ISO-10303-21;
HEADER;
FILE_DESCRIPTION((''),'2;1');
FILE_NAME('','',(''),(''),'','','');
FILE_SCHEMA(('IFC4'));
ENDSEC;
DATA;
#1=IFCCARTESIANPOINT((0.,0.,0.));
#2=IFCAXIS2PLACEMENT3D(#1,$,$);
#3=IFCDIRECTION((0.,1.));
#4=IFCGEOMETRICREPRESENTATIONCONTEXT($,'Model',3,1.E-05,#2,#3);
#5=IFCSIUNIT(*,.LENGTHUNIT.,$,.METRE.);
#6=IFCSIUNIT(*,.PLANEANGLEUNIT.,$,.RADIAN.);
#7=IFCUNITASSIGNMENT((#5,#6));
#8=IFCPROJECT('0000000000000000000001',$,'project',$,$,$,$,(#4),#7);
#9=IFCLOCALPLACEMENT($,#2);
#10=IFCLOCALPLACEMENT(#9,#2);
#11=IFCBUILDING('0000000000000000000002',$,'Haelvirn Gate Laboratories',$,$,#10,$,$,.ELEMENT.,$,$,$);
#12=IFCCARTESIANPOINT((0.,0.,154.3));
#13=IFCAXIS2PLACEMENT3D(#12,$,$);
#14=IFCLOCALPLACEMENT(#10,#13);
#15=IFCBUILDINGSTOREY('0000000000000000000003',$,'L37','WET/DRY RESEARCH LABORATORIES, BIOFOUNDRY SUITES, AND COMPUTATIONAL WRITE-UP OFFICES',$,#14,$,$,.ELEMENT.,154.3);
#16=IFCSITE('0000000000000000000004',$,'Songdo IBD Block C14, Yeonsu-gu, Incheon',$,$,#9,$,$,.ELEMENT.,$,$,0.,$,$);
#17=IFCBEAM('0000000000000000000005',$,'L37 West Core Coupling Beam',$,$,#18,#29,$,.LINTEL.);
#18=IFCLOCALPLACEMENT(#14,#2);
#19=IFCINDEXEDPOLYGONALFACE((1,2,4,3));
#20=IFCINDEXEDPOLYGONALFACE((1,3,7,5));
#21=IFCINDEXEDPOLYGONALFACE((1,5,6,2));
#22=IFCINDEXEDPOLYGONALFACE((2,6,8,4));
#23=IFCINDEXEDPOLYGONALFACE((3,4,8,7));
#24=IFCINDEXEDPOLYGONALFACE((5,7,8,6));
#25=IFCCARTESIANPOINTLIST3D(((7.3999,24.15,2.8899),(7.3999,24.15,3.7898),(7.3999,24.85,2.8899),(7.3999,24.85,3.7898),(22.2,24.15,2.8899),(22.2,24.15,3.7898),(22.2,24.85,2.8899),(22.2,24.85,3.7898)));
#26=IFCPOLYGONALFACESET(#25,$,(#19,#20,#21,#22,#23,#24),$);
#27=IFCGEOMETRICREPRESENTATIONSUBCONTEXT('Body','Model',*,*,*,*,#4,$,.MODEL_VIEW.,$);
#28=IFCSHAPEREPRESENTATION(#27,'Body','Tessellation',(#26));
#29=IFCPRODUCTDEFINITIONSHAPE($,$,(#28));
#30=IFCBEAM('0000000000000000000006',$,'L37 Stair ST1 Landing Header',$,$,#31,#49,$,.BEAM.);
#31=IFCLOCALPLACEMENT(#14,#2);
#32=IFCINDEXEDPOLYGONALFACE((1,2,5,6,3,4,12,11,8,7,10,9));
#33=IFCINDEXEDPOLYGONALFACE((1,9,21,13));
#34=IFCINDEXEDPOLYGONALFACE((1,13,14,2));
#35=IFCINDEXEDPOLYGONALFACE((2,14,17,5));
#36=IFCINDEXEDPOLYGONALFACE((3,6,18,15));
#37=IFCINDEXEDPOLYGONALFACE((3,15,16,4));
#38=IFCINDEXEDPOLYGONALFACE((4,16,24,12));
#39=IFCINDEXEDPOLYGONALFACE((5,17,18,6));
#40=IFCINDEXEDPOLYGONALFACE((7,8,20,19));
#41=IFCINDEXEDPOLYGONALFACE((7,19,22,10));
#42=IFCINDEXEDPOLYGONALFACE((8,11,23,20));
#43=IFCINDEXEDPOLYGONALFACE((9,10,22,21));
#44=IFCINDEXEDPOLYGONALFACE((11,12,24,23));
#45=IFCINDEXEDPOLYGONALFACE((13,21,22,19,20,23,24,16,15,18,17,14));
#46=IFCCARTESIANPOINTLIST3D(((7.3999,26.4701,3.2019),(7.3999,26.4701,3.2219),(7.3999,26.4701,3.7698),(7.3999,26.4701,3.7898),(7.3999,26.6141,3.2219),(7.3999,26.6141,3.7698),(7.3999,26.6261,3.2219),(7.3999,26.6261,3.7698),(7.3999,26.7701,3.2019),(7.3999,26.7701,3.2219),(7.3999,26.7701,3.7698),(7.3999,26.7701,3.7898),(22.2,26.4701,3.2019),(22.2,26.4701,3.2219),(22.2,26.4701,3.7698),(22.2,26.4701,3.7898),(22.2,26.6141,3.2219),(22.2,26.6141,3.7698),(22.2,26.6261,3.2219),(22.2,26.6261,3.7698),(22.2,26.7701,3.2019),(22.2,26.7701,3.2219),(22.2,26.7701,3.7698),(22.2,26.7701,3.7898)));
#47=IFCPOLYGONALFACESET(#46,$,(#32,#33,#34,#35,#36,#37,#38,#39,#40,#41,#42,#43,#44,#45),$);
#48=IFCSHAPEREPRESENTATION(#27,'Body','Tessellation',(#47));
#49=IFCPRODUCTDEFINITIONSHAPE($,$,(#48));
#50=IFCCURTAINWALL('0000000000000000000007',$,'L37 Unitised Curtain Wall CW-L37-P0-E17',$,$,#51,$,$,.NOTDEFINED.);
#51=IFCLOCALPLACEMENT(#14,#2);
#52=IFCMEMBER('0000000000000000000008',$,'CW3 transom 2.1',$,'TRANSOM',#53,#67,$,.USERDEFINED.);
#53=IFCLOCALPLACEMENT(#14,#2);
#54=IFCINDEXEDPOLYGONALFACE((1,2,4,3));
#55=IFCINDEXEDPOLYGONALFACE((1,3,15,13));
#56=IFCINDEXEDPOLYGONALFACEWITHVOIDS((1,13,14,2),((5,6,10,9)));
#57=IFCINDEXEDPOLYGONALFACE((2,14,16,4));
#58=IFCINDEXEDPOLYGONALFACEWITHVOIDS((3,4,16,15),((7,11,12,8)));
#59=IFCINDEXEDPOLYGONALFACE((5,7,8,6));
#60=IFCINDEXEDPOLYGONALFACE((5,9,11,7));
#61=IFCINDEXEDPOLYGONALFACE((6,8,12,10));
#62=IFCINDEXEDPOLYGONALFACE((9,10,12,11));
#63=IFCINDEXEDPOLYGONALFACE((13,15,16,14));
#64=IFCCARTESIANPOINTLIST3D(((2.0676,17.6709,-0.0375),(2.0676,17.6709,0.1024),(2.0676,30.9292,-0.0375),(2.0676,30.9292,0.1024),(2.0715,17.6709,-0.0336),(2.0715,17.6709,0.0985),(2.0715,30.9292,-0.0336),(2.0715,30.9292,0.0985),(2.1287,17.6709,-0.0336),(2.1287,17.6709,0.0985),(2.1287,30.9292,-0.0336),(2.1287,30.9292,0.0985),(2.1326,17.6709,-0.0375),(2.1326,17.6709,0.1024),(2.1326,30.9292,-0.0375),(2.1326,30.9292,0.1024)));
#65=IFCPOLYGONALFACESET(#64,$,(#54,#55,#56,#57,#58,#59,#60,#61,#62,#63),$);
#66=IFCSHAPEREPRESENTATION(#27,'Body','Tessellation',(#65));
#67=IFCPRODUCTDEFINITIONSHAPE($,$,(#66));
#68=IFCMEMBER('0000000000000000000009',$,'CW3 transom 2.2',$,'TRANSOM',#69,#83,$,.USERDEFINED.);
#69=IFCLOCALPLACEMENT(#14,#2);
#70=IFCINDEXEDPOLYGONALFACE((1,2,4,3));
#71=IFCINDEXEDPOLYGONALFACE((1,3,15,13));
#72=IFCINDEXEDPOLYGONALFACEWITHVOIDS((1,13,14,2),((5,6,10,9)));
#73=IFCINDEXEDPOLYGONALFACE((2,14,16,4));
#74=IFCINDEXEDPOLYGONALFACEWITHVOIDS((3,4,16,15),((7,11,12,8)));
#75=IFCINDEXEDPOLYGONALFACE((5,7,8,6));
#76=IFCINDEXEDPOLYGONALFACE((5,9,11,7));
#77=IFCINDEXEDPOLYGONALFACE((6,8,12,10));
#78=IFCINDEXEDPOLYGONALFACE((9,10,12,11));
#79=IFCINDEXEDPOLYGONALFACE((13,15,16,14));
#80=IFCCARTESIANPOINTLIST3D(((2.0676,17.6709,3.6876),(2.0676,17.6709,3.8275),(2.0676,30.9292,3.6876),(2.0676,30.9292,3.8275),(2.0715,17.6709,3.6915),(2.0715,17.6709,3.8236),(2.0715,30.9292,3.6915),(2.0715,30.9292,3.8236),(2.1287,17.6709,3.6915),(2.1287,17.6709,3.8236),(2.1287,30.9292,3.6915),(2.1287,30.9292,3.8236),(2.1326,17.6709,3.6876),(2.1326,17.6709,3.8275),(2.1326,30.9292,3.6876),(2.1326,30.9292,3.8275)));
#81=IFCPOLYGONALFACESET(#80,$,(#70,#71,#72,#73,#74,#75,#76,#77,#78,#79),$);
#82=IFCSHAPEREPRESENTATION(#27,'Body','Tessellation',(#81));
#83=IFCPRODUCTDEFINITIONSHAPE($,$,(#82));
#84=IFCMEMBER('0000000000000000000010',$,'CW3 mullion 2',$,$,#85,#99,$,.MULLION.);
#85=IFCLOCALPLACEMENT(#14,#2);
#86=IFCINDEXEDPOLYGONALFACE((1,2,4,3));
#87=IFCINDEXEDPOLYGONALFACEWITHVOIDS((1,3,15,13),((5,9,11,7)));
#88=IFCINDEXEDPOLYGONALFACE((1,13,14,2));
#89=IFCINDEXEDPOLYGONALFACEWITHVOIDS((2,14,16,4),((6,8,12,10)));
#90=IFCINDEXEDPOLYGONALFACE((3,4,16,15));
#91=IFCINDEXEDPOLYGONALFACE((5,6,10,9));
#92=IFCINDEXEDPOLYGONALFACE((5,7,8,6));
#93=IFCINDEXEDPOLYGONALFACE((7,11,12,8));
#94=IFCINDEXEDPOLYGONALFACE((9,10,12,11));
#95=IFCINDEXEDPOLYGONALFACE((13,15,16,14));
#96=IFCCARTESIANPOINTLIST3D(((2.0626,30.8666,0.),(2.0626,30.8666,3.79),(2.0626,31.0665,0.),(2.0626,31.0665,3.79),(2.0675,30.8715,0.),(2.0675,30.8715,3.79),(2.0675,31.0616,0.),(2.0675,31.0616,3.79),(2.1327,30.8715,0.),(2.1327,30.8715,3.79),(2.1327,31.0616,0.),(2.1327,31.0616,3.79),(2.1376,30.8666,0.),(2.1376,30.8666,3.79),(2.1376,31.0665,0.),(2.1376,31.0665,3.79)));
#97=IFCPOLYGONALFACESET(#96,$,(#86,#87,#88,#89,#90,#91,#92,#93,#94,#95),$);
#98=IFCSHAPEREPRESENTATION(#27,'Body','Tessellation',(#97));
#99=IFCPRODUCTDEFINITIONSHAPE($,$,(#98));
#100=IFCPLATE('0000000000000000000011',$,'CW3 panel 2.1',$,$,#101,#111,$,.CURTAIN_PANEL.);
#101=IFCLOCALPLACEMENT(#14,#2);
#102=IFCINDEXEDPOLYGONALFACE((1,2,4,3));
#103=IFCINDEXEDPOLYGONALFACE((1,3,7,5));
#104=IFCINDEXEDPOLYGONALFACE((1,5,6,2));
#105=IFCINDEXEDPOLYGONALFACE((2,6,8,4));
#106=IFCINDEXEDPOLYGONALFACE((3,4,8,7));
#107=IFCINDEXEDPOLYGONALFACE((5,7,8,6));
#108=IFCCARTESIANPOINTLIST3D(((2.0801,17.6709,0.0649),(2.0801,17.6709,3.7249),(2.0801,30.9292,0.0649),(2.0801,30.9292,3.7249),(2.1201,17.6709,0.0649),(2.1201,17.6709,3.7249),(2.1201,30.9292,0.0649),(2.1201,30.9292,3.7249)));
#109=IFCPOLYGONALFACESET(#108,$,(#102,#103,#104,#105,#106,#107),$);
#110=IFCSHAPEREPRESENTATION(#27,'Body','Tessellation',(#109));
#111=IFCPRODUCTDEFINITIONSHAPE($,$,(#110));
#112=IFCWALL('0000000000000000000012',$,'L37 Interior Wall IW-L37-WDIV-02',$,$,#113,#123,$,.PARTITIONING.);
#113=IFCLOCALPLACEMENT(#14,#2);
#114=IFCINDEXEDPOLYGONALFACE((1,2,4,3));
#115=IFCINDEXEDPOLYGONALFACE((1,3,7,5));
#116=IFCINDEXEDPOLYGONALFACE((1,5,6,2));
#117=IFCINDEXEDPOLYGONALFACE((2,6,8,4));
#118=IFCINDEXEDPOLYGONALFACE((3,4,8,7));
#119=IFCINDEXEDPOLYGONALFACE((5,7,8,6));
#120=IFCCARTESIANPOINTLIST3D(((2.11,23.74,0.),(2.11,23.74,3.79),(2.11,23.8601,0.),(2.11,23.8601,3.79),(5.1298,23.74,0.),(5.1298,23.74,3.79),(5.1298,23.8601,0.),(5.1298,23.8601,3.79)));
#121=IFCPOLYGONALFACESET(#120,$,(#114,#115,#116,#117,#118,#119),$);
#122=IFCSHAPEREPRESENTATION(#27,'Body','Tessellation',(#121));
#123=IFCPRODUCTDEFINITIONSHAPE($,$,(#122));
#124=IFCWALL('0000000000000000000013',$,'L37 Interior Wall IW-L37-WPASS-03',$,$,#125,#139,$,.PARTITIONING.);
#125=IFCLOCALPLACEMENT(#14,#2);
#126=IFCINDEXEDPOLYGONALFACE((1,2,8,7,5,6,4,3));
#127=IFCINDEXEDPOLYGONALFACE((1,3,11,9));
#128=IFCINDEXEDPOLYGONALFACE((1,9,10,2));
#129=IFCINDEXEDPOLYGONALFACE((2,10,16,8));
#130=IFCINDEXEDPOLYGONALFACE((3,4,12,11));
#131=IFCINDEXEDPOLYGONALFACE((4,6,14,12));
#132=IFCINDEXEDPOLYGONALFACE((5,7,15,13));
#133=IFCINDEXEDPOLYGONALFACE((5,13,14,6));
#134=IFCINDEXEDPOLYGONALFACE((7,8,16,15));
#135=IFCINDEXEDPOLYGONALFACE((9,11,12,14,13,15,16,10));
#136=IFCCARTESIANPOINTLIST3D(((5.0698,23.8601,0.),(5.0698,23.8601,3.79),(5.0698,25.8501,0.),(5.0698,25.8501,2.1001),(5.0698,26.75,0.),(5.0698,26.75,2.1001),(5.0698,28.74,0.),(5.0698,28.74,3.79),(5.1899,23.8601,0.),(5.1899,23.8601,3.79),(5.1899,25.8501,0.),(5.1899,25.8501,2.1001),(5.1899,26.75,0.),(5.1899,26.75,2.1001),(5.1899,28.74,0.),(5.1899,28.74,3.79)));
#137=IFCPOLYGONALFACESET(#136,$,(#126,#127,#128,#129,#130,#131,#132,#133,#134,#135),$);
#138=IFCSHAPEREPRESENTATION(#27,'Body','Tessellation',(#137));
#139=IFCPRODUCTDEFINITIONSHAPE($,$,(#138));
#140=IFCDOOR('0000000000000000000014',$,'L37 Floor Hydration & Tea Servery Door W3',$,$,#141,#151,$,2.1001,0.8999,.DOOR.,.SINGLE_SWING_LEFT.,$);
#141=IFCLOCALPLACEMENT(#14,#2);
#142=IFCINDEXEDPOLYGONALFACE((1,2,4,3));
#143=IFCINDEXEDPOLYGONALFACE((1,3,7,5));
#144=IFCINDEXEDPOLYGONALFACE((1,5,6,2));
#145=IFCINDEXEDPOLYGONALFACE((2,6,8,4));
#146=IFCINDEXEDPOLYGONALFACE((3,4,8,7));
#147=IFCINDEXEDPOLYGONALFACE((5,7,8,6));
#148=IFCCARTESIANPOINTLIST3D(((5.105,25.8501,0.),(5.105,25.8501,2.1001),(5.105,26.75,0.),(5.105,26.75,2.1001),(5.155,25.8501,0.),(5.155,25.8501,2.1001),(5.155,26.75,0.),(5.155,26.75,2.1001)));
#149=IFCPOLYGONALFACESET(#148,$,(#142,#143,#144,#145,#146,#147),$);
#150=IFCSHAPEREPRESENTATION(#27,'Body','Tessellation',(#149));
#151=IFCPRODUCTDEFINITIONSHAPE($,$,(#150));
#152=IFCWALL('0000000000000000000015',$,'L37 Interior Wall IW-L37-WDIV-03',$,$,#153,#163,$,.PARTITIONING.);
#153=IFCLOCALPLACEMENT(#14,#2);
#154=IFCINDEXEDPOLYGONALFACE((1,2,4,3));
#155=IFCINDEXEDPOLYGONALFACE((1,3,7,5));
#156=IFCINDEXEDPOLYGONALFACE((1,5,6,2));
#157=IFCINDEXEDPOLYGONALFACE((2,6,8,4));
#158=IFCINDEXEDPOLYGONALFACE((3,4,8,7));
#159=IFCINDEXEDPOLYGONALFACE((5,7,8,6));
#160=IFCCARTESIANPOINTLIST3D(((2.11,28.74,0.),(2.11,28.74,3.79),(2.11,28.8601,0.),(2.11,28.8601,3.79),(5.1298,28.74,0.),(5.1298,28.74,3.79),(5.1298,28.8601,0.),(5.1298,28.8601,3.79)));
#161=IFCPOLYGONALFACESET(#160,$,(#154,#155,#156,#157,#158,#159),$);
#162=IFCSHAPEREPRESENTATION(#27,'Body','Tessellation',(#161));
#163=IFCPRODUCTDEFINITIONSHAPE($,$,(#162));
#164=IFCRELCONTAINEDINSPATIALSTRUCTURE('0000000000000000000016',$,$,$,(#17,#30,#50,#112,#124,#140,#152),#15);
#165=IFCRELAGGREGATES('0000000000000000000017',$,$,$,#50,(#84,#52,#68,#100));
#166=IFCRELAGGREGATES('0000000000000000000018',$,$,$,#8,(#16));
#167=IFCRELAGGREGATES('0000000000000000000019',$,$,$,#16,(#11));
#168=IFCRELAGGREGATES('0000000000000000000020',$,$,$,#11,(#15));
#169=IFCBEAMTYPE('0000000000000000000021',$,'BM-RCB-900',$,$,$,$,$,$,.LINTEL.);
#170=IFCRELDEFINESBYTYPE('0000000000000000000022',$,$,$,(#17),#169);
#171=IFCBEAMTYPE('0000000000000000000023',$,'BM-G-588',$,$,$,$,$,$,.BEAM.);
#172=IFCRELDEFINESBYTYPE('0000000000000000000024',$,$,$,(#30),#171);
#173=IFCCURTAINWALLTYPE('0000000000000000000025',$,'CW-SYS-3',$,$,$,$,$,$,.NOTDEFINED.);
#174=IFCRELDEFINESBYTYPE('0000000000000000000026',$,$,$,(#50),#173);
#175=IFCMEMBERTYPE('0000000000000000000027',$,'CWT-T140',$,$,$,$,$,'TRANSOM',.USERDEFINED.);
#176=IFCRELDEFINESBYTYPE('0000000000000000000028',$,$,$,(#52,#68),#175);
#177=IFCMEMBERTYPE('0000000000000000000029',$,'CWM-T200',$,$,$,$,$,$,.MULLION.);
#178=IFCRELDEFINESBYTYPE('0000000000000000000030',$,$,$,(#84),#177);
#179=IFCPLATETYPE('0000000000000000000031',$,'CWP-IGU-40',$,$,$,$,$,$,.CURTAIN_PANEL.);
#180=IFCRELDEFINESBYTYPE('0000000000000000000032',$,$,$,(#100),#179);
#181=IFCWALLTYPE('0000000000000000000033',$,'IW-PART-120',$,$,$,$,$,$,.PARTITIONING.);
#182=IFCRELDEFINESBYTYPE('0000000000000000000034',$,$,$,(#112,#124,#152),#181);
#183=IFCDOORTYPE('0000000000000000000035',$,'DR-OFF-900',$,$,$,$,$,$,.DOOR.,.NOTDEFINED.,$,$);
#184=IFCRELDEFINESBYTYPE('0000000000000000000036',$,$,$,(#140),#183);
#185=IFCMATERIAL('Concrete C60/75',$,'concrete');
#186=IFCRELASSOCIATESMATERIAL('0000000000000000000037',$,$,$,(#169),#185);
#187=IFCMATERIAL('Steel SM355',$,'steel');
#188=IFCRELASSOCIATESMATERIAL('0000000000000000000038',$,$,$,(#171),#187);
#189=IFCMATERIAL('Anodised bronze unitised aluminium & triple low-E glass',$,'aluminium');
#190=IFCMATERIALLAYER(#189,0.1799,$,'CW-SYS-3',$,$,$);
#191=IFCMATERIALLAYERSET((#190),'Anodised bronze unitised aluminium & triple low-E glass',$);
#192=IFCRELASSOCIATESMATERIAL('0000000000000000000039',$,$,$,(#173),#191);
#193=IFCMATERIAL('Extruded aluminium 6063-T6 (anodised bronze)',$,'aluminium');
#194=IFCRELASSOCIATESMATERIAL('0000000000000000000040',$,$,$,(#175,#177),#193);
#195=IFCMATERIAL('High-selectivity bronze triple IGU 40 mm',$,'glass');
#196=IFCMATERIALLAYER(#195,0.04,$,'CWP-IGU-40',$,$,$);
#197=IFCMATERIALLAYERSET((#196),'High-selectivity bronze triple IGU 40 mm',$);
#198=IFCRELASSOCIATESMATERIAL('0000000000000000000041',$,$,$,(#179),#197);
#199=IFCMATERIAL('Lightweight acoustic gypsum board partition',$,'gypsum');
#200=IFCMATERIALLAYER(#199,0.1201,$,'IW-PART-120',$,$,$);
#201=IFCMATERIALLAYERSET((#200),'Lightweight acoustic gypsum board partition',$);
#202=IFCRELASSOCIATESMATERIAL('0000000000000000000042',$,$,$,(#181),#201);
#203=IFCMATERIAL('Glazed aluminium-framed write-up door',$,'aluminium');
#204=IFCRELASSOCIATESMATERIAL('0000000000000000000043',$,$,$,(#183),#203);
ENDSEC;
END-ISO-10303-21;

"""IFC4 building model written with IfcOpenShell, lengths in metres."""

from ifc_helpers import new_model, si_unit, direction, frame, frame_2d, origin, origin_2d, place, context, subcontext, project, spatial, rectangle, hollow_rectangle, i_section, extrude, source, transform, mapped, material, layer, layer_set, material_profile, profile_set, type_object, type_shapes, element, fill, aggregate, save


model = new_model("IFC4")

# Units and contexts
model_context = context("Model", 3, precision=1e-05, world=origin(), true_north=direction((0.0, 1.0)))
body_context = subcontext(model_context, "Body", "Model", "MODEL_VIEW")
ifc_project = project(units=[si_unit("LENGTHUNIT", "METRE"), si_unit("PLANEANGLEUNIT", "RADIAN")], contexts=[model_context])

# Site, building, storey
site_placement = place(None, origin())
site = spatial("IfcSite", under=ifc_project, at=site_placement, Name="Songdo IBD Block C14, Yeonsu-gu, Incheon", CompositionType="ELEMENT", RefElevation=0.0)
building_placement = place(site_placement, origin())
building = spatial("IfcBuilding", under=site, at=building_placement, Name="Haelvirn Gate Laboratories", CompositionType="ELEMENT")
storey_placement = place(building_placement, frame((0.0, 0.0, 154.3)))
storey = spatial("IfcBuildingStorey", under=building, at=storey_placement, Name="L37", Description="WET/DRY RESEARCH LABORATORIES, BIOFOUNDRY SUITES, AND COMPUTATIONAL WRITE-UP OFFICES", CompositionType="ELEMENT", Elevation=154.3)

# Beams
ifc_material_1 = material(Name="Concrete C60/75", Category="concrete")
ifc_material_profile_1 = material_profile(ifc_material_1, rectangle(XDim=0.7, YDim=0.8999, at=origin_2d()), Name="RCB-700x900")
ifc_profile_set_1 = profile_set([ifc_material_profile_1], Name="Concrete C60/75")
beam_type_1 = type_object("IfcBeamType", Name="BM-RCB-900", PredefinedType="LINTEL", material=ifc_profile_set_1)
shared_shape_1 = source(origin(), body_context, "Body", "SweptSolid", [
    extrude(rectangle(XDim=0.7, YDim=0.8999, at=origin_2d()), origin(), (0.0, 0.0, 1.0), 14.8),
])
type_shapes(beam_type_1, [shared_shape_1])
beam_1_placement = place(storey_placement, frame((7.3999, 24.5, 3.3398), z_axis=(1.0, 0.0, 0.0), x_axis=(0.0, 1.0, 0.0)))
element("IfcBeam", 1, at=beam_1_placement, inside=storey, type_object=beam_type_1, Name="L37 West Core Coupling Beam", PredefinedType="LINTEL", context=body_context, shape_type="MappedRepresentation", body=[
    mapped(shared_shape_1, transform((0.0, 0.0, 0.0), scale=1.0)),
])
ifc_material_2 = material(Name="Steel SM355", Category="steel")
ifc_material_profile_2 = material_profile(ifc_material_2, i_section(OverallWidth=0.3, OverallDepth=0.5879, WebThickness=0.012, FlangeThickness=0.02, at=origin_2d()), Name="H-588x300x12x20")
ifc_profile_set_2 = profile_set([ifc_material_profile_2], Name="Steel SM355")
beam_type_2 = type_object("IfcBeamType", Name="BM-G-588", PredefinedType="BEAM", material=ifc_profile_set_2)
shared_shape_2 = source(origin(), body_context, "Body", "SweptSolid", [
    extrude(i_section(OverallWidth=0.3, OverallDepth=0.5879, WebThickness=0.012, FlangeThickness=0.02, at=origin_2d()), origin(), (0.0, 0.0, 1.0), 14.8),
])
type_shapes(beam_type_2, [shared_shape_2])
beam_2_placement = place(storey_placement, frame((7.3999, 26.6201, 3.4958), z_axis=(1.0, 0.0, 0.0), x_axis=(0.0, 1.0, 0.0)))
element("IfcBeam", 2, at=beam_2_placement, inside=storey, type_object=beam_type_2, Name="L37 Stair ST1 Landing Header", PredefinedType="BEAM", context=body_context, shape_type="MappedRepresentation", body=[
    mapped(shared_shape_2, transform((0.0, 0.0, 0.0), scale=1.0)),
])

# Curtain wall, members, plate
ifc_material_3 = material(Name="Anodised bronze unitised aluminium & triple low-E glass", Category="aluminium")
ifc_layer_1 = layer(ifc_material_3, 0.1799, Name="CW-SYS-3")
ifc_layer_set_1 = layer_set([ifc_layer_1], Name="Anodised bronze unitised aluminium & triple low-E glass")
curtain_wall_type = type_object("IfcCurtainWallType", Name="CW-SYS-3", PredefinedType="NOTDEFINED", material=ifc_layer_set_1)
curtain_wall_placement = place(storey_placement, origin())
curtain_wall = element("IfcCurtainWall", 3, at=curtain_wall_placement, inside=storey, type_object=curtain_wall_type, Name="L37 Unitised Curtain Wall CW-L37-P0-E17", PredefinedType="NOTDEFINED")
ifc_material_4 = material(Name="Extruded aluminium 6063-T6 (anodised bronze)", Category="aluminium")
ifc_material_profile_3 = material_profile(ifc_material_4, hollow_rectangle(XDim=0.0649, YDim=0.1399, WallThickness=0.0039, at=origin_2d()), Name="CWT-140x65x4")
ifc_profile_set_3 = profile_set([ifc_material_profile_3], Name="Extruded aluminium 6063-T6 (anodised bronze)")
member_type_1 = type_object("IfcMemberType", Name="CWT-T140", ElementType="TRANSOM", PredefinedType="USERDEFINED", material=ifc_profile_set_3)
shared_shape_3 = source(origin(), body_context, "Body", "SweptSolid", [
    extrude(hollow_rectangle(XDim=0.0649, YDim=0.1399, WallThickness=0.0039, at=origin_2d()), origin(), (0.0, 0.0, 1.0), 13.2583),
])
type_shapes(member_type_1, [shared_shape_3])
member_1_placement = place(storey_placement, frame((2.1001, 30.9292, 0.0325), z_axis=(0.0, -1.0, 0.0), x_axis=(1.0, 0.0, 0.0)))
member_1 = element("IfcMember", 4, at=member_1_placement, type_object=member_type_1, Name="CW3 transom 2.1", ObjectType="TRANSOM", PredefinedType="USERDEFINED", context=body_context, shape_type="MappedRepresentation", body=[
    mapped(shared_shape_3, transform((0.0, 0.0, 0.0), scale=1.0)),
])
member_2_placement = place(storey_placement, frame((2.1001, 30.9292, 3.7576), z_axis=(0.0, -1.0, 0.0), x_axis=(1.0, 0.0, 0.0)))
member_2 = element("IfcMember", 5, at=member_2_placement, type_object=member_type_1, Name="CW3 transom 2.2", ObjectType="TRANSOM", PredefinedType="USERDEFINED", context=body_context, shape_type="MappedRepresentation", body=[
    mapped(shared_shape_3, transform((0.0, 0.0, 0.0), scale=1.0)),
])
ifc_material_profile_4 = material_profile(ifc_material_4, hollow_rectangle(XDim=0.075, YDim=0.2, WallThickness=0.0049, at=origin_2d()), Name="CWM-200x75x5")
ifc_profile_set_4 = profile_set([ifc_material_profile_4], Name="Extruded aluminium 6063-T6 (anodised bronze)")
member_type_2 = type_object("IfcMemberType", Name="CWM-T200", PredefinedType="MULLION", material=ifc_profile_set_4)
shared_shape_4 = source(origin(), body_context, "Body", "SweptSolid", [
    extrude(hollow_rectangle(XDim=0.075, YDim=0.2, WallThickness=0.0049, at=origin_2d()), origin(), (0.0, 0.0, 1.0), 3.79),
])
type_shapes(member_type_2, [shared_shape_4])
member_3_placement = place(storey_placement, frame((2.1001, 30.9666, 0.0), z_axis=(0.0, 0.0, 1.0), x_axis=(1.0, 0.0, 0.0)))
member_3 = element("IfcMember", 6, at=member_3_placement, type_object=member_type_2, Name="CW3 mullion 2", PredefinedType="MULLION", context=body_context, shape_type="MappedRepresentation", body=[
    mapped(shared_shape_4, transform((0.0, 0.0, 0.0), scale=1.0)),
])
ifc_material_5 = material(Name="High-selectivity bronze triple IGU 40 mm", Category="glass")
ifc_layer_2 = layer(ifc_material_5, 0.04, Name="CWP-IGU-40")
ifc_layer_set_2 = layer_set([ifc_layer_2], Name="High-selectivity bronze triple IGU 40 mm")
plate_type = type_object("IfcPlateType", Name="CWP-IGU-40", PredefinedType="CURTAIN_PANEL", material=ifc_layer_set_2)
shared_shape_5 = source(origin(), body_context, "Body", "SweptSolid", [
    extrude(rectangle(XDim=13.2583, YDim=0.04, at=origin_2d()), origin(), (0.0, 0.0, 1.0), 3.6599),
])
type_shapes(plate_type, [shared_shape_5])
plate_placement = place(storey_placement, frame((2.1001, 24.3, 0.0649), z_axis=(0.0, 0.0, 1.0), x_axis=(0.0, -1.0, 0.0)))
plate = element("IfcPlate", 7, at=plate_placement, type_object=plate_type, Name="CW3 panel 2.1", PredefinedType="CURTAIN_PANEL", context=body_context, shape_type="MappedRepresentation", body=[
    mapped(shared_shape_5, transform((0.0, 0.0, 0.0), scale=1.0)),
])
aggregate(curtain_wall, [member_3, member_1, member_2, plate])

# Wall
ifc_material_6 = material(Name="Lightweight acoustic gypsum board partition", Category="gypsum")
ifc_layer_3 = layer(ifc_material_6, 0.1201, Name="IW-PART-120")
ifc_layer_set_3 = layer_set([ifc_layer_3], Name="Lightweight acoustic gypsum board partition")
wall_type_1 = type_object("IfcWallType", Name="IW-PART-120", PredefinedType="PARTITIONING", material=ifc_layer_set_3)
wall_1_placement = place(storey_placement, frame((2.1101, 23.8, 0.0), z_axis=(0.0, 0.0, 1.0), x_axis=(1.0, 0.0, 0.0)))
element("IfcWall", 8, at=wall_1_placement, inside=storey, type_object=wall_type_1, Name="L37 Interior Wall IW-L37-WDIV-02", PredefinedType="PARTITIONING", context=body_context, shape_type="SweptSolid", body=[
    extrude(rectangle(XDim=3.0198, YDim=0.1201, at=frame_2d((1.5098, 0.0))), origin(), (0.0, 0.0, 1.0), 3.79),
])

# Wall, opening, door
wall_2_placement = place(storey_placement, frame((5.1299, 23.8601, 0.0), z_axis=(0.0, 0.0, 1.0), x_axis=(0.0, 1.0, 0.0)))
wall_2 = element("IfcWall", 9, at=wall_2_placement, inside=storey, type_object=wall_type_1, Name="L37 Interior Wall IW-L37-WPASS-03", PredefinedType="PARTITIONING", context=body_context, shape_type="SweptSolid", body=[
    extrude(rectangle(XDim=4.8799, YDim=0.1201, at=frame_2d((2.4399, 0.0))), origin(), (0.0, 0.0, 1.0), 3.79),
])
opening_1_placement = place(wall_2_placement, frame((1.99, 0.0, 0.0)))
opening_1 = element("IfcOpeningElement", 10, at=opening_1_placement, cuts=wall_2, PredefinedType="OPENING", context=body_context, shape_type="SweptSolid", body=[
    extrude(rectangle(XDim=0.8999, YDim=2.1001, at=frame_2d((0.45, 1.05))), frame((0.0, 0.0701, 0.0), z_axis=(0.0, -1.0, 0.0), x_axis=(1.0, 0.0, 0.0)), (0.0, 0.0, 1.0), 0.1401),
])
ifc_material_7 = material(Name="Glazed aluminium-framed write-up door", Category="aluminium")
door_type = type_object("IfcDoorType", Name="DR-OFF-900", OperationType="NOTDEFINED", PredefinedType="DOOR", material=ifc_material_7)
shared_shape_6 = source(origin(), body_context, "Body", "SweptSolid", [
    extrude(rectangle(XDim=0.8999, YDim=2.1001, at=frame_2d((0.45, 1.05))), frame((0.0, 0.0249, 0.0), z_axis=(0.0, -1.0, 0.0), x_axis=(1.0, 0.0, 0.0)), (0.0, 0.0, 1.0), 0.05),
])
type_shapes(door_type, [shared_shape_6])
door_1_placement = place(opening_1_placement, origin())
door_1 = element("IfcDoor", 11, at=door_1_placement, inside=storey, type_object=door_type, Name="L37 Floor Hydration & Tea Servery Door W3", OperationType="SINGLE_SWING_LEFT", OverallHeight=2.1001, OverallWidth=0.8999, PredefinedType="DOOR", context=body_context, shape_type="MappedRepresentation", body=[
    mapped(shared_shape_6, transform((0.0, 0.0, 0.0), scale=1.0)),
])
fill(opening_1, door_1)

# Wall
wall_3_placement = place(storey_placement, frame((2.1101, 28.8, 0.0), z_axis=(0.0, 0.0, 1.0), x_axis=(1.0, 0.0, 0.0)))
element("IfcWall", 12, at=wall_3_placement, inside=storey, type_object=wall_type_1, Name="L37 Interior Wall IW-L37-WDIV-03", PredefinedType="PARTITIONING", context=body_context, shape_type="SweptSolid", body=[
    extrude(rectangle(XDim=3.0198, YDim=0.1201, at=frame_2d((1.5098, 0.0))), origin(), (0.0, 0.0, 1.0), 3.79),
])

save(model, "model.ifc")
